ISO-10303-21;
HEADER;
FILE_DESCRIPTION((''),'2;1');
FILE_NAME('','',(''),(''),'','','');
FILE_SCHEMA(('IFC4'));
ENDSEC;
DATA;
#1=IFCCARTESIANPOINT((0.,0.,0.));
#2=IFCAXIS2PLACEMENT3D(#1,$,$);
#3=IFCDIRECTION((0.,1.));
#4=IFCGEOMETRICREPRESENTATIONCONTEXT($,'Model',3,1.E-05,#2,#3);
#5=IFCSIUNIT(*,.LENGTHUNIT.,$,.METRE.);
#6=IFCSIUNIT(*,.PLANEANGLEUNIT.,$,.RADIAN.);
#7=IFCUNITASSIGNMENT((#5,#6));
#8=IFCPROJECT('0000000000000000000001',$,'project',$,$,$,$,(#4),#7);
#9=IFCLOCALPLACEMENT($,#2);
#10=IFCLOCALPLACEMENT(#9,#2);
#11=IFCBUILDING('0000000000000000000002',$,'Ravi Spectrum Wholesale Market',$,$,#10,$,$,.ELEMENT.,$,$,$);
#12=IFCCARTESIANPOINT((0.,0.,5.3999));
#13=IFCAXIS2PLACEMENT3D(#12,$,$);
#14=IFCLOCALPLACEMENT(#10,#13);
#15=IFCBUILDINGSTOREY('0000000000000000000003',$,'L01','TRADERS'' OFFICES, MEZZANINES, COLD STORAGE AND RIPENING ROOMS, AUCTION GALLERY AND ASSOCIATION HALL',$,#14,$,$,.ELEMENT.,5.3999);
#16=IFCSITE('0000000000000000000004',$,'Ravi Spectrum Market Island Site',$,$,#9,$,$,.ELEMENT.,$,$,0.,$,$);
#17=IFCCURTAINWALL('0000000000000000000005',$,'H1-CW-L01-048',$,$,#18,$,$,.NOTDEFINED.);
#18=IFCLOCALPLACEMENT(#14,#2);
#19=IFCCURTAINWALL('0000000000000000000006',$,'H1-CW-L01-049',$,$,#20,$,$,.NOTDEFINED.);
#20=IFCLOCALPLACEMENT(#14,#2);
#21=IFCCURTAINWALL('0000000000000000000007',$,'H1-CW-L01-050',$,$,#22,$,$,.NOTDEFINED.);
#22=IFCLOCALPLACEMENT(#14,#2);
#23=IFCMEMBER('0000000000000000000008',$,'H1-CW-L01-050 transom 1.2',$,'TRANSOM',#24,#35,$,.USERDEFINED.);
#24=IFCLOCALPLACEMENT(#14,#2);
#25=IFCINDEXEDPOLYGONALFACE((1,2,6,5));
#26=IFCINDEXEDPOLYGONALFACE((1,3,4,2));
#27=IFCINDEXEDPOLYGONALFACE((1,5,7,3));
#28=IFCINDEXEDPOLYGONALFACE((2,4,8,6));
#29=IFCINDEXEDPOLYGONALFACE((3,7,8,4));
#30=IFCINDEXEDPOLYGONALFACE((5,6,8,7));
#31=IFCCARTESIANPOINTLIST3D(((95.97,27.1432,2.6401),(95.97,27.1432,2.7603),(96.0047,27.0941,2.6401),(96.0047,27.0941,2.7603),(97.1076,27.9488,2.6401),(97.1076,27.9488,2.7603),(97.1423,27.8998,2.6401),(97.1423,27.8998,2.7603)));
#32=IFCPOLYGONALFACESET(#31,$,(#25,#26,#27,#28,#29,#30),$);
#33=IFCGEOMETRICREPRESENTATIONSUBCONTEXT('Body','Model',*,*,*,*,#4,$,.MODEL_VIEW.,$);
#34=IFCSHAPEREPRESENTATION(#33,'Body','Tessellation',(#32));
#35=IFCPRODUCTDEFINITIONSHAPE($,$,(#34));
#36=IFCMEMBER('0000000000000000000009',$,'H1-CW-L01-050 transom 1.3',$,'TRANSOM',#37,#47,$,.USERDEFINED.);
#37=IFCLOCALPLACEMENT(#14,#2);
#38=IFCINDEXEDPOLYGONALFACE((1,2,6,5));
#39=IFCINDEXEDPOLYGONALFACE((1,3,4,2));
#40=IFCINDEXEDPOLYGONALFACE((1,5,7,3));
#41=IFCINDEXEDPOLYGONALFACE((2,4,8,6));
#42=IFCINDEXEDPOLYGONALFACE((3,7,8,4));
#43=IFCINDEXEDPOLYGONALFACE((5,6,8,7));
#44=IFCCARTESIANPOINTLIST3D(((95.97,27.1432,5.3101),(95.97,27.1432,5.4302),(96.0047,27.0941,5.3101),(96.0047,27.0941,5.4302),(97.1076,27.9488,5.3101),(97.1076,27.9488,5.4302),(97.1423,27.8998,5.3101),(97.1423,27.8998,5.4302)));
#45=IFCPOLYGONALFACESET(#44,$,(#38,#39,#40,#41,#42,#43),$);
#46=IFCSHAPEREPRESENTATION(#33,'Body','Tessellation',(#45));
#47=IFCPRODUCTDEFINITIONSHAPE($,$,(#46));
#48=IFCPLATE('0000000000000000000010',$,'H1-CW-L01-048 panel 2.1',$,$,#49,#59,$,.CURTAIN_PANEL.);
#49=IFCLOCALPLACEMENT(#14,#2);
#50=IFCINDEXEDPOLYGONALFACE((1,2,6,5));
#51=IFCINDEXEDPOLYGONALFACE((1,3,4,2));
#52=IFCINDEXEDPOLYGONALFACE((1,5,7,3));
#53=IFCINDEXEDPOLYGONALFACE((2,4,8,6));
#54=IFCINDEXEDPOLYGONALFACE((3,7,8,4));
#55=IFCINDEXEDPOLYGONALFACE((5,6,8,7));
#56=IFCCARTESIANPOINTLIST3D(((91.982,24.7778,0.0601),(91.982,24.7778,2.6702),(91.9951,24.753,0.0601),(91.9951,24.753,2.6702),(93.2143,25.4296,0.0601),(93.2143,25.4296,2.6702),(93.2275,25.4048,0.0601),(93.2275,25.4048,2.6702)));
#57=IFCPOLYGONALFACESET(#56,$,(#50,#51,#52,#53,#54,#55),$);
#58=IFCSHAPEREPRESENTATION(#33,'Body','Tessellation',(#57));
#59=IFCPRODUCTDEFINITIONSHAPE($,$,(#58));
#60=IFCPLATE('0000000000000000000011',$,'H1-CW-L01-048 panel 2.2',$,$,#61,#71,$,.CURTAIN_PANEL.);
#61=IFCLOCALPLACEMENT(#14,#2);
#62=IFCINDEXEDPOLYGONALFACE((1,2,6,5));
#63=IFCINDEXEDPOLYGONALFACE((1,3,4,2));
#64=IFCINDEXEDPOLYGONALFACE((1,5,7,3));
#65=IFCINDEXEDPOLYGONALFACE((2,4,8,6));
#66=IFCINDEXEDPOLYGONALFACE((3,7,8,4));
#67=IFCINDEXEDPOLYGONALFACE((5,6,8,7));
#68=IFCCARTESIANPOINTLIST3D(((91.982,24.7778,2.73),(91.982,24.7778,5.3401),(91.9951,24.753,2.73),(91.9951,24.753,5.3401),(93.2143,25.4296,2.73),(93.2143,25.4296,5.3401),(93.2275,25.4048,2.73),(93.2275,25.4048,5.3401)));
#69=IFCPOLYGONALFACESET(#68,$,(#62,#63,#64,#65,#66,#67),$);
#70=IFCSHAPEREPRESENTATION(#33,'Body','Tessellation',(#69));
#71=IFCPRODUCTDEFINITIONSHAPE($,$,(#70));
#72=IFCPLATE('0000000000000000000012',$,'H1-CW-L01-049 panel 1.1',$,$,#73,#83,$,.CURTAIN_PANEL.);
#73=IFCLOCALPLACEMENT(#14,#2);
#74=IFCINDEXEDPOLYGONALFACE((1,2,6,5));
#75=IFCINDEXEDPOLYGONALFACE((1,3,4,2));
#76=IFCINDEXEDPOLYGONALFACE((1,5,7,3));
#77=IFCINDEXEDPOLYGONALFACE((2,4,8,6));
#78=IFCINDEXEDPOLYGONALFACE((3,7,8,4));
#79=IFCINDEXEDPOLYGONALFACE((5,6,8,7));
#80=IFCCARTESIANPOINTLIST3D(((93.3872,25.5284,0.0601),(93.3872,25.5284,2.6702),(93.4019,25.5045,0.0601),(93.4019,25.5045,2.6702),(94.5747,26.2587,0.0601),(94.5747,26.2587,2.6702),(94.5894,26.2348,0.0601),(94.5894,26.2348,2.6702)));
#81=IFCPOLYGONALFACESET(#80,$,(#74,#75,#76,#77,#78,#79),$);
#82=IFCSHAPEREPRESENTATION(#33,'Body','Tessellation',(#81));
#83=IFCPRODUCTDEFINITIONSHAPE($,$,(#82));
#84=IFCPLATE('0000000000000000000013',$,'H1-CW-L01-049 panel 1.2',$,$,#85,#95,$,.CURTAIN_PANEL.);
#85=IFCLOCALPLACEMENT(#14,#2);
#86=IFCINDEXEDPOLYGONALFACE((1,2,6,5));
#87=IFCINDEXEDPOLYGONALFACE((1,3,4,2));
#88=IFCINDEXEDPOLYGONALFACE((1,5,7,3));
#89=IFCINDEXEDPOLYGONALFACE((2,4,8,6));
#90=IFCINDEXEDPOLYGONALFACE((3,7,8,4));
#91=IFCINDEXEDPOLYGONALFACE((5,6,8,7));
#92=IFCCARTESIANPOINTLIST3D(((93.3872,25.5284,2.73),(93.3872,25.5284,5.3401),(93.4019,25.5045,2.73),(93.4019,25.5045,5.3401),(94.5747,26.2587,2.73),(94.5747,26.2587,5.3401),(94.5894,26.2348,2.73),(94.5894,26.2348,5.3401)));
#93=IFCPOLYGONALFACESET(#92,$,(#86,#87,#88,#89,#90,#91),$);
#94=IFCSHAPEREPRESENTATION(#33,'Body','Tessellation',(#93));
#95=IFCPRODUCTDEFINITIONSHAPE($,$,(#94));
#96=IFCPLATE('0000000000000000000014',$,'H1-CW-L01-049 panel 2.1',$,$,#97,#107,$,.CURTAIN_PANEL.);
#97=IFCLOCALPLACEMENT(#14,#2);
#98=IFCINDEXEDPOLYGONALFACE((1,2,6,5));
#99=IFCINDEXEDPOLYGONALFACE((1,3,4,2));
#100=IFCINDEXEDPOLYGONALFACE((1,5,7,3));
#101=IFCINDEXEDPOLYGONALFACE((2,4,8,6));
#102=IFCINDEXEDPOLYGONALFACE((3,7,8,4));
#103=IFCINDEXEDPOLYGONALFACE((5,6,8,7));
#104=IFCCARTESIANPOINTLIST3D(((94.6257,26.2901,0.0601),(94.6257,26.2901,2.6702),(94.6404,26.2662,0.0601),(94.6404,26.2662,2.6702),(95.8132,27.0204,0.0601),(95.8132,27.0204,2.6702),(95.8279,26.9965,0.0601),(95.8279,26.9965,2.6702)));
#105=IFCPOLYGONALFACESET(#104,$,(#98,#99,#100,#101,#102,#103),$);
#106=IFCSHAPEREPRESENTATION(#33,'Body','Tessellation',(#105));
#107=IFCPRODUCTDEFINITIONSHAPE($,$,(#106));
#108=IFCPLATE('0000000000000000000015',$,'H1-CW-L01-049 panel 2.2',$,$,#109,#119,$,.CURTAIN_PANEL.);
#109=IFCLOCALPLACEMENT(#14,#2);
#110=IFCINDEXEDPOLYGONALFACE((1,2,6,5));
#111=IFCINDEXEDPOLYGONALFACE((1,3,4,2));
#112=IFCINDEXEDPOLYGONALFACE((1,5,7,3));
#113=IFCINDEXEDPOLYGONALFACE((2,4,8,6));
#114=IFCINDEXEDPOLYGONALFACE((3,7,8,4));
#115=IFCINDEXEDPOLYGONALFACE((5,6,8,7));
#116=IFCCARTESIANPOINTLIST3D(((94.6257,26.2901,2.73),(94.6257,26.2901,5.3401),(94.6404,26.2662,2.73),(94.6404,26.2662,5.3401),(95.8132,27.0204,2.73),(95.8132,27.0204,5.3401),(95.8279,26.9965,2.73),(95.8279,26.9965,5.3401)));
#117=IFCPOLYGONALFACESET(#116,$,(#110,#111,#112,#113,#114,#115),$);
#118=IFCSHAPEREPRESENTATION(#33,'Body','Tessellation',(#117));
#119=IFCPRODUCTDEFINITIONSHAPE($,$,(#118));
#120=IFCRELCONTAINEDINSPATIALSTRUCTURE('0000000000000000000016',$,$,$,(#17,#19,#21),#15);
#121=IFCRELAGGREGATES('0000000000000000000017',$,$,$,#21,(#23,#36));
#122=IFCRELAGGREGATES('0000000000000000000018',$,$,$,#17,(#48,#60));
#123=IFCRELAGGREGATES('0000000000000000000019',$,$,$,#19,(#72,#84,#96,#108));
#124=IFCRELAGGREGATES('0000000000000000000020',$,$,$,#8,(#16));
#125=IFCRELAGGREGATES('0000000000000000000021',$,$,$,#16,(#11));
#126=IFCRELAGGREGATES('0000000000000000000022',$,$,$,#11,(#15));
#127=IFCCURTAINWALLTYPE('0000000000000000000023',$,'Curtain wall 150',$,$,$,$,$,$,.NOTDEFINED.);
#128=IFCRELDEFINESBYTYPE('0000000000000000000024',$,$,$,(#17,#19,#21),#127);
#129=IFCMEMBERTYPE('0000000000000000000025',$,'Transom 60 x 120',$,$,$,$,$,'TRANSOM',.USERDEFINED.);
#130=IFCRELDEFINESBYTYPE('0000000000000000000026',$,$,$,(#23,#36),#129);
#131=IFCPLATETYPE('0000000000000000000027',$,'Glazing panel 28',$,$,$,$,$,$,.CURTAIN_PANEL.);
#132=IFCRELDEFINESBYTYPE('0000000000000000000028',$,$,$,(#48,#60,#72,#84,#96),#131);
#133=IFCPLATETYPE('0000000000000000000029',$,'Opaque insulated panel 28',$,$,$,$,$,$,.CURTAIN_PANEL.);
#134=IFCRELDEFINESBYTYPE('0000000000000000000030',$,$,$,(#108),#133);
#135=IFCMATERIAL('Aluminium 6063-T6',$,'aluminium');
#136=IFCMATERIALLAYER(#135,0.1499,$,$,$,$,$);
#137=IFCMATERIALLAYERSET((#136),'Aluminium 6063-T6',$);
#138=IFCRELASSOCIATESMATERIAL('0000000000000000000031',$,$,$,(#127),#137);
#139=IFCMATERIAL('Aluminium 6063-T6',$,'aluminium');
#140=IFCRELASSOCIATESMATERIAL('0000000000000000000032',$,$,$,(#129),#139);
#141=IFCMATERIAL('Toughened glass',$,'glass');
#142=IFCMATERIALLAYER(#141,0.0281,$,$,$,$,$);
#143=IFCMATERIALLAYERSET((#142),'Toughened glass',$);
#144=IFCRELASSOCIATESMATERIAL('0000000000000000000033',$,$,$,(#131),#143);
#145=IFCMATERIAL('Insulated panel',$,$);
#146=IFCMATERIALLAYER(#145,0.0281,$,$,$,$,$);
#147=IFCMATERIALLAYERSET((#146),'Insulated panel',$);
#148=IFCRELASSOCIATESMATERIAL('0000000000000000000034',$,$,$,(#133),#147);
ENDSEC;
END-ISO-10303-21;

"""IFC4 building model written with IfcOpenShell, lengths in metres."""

from ifc_helpers import new_model, si_unit, direction, frame, origin, origin_2d, place, context, subcontext, project, spatial, rectangle, extrude, material, layer, layer_set, material_profile, profile_set, type_object, element, aggregate, save


model = new_model("IFC4")

# Units and contexts
model_context = context("Model", 3, precision=1e-05, world=origin(), true_north=direction((0.0, 1.0)))
body_context = subcontext(model_context, "Body", "Model", "MODEL_VIEW")
ifc_project = project(units=[si_unit("LENGTHUNIT", "METRE"), si_unit("PLANEANGLEUNIT", "RADIAN")], contexts=[model_context])

# Site, building, storey
site_placement = place(None, origin())
site = spatial("IfcSite", under=ifc_project, at=site_placement, Name="Ravi Spectrum Market Island Site", CompositionType="ELEMENT", RefElevation=0.0)
building_placement = place(site_placement, origin())
building = spatial("IfcBuilding", under=site, at=building_placement, Name="Ravi Spectrum Wholesale Market", CompositionType="ELEMENT")
storey_placement = place(building_placement, frame((0.0, 0.0, 5.3999)))
storey = spatial("IfcBuildingStorey", under=building, at=storey_placement, Name="L01", Description="TRADERS' OFFICES, MEZZANINES, COLD STORAGE AND RIPENING ROOMS, AUCTION GALLERY AND ASSOCIATION HALL", CompositionType="ELEMENT", Elevation=5.3999)

# Curtain wall
ifc_material_1 = material(Name="Aluminium 6063-T6", Category="aluminium")
ifc_layer_1 = layer(ifc_material_1, 0.1499)
ifc_layer_set_1 = layer_set([ifc_layer_1], Name="Aluminium 6063-T6")
curtain_wall_type = type_object("IfcCurtainWallType", Name="Curtain wall 150", PredefinedType="NOTDEFINED", material=ifc_layer_set_1)
curtain_wall_1_placement = place(storey_placement, origin())
curtain_wall_1 = element("IfcCurtainWall", 1, at=curtain_wall_1_placement, inside=storey, type_object=curtain_wall_type, Name="H1-CW-L01-048", PredefinedType="NOTDEFINED")

# Curtain wall
curtain_wall_2_placement = place(storey_placement, origin())
curtain_wall_2 = element("IfcCurtainWall", 2, at=curtain_wall_2_placement, inside=storey, type_object=curtain_wall_type, Name="H1-CW-L01-049", PredefinedType="NOTDEFINED")

# Curtain wall
curtain_wall_3_placement = place(storey_placement, origin())
curtain_wall_3 = element("IfcCurtainWall", 3, at=curtain_wall_3_placement, inside=storey, type_object=curtain_wall_type, Name="H1-CW-L01-050", PredefinedType="NOTDEFINED")

# Members
ifc_material_2 = material(Name="Aluminium 6063-T6", Category="aluminium")
ifc_material_profile_1 = material_profile(ifc_material_2, rectangle(XDim=0.0601, YDim=0.1201, at=origin_2d()))
ifc_profile_set_1 = profile_set([ifc_material_profile_1], Name="Aluminium 6063-T6")
member_type_1 = type_object("IfcMemberType", Name="Transom 60 x 120", ElementType="TRANSOM", PredefinedType="USERDEFINED", material=ifc_profile_set_1)
member_1_placement = place(storey_placement, frame((95.9873, 27.1187, 2.7002), z_axis=(0.816093, 0.57792, 0.0), x_axis=(-0.57792, 0.816093, 0.0)))
member_1 = element("IfcMember", 4, at=member_1_placement, type_object=member_type_1, Name="H1-CW-L01-050 transom 1.2", ObjectType="TRANSOM", PredefinedType="USERDEFINED", context=body_context, shape_type="SweptSolid", body=[
    extrude(rectangle(XDim=0.0601, YDim=0.1201, at=origin_2d()), origin(), (0.0, 0.0, 1.0), 1.394),
])
member_2_placement = place(storey_placement, frame((95.9873, 27.1187, 5.3701), z_axis=(0.816093, 0.57792, 0.0), x_axis=(-0.57792, 0.816093, 0.0)))
member_2 = element("IfcMember", 5, at=member_2_placement, type_object=member_type_1, Name="H1-CW-L01-050 transom 1.3", ObjectType="TRANSOM", PredefinedType="USERDEFINED", context=body_context, shape_type="SweptSolid", body=[
    extrude(rectangle(XDim=0.0601, YDim=0.1201, at=origin_2d()), origin(), (0.0, 0.0, 1.0), 1.394),
])
aggregate(curtain_wall_3, [member_1, member_2])

# Plates
ifc_material_3 = material(Name="Toughened glass", Category="glass")
ifc_layer_2 = layer(ifc_material_3, 0.0281)
ifc_layer_set_2 = layer_set([ifc_layer_2], Name="Toughened glass")
plate_type_1 = type_object("IfcPlateType", Name="Glazing panel 28", PredefinedType="CURTAIN_PANEL", material=ifc_layer_set_2)
plate_1_placement = place(storey_placement, frame((92.6047, 25.0913, 0.0601), z_axis=(0.0, 0.0, 1.0), x_axis=(0.88398, 0.467524, 0.0)))
plate_1 = element("IfcPlate", 6, at=plate_1_placement, type_object=plate_type_1, Name="H1-CW-L01-048 panel 2.1", PredefinedType="CURTAIN_PANEL", context=body_context, shape_type="SweptSolid", body=[
    extrude(rectangle(XDim=1.394, YDim=0.0281, at=origin_2d()), origin(), (0.0, 0.0, 1.0), 2.6101),
])
plate_2_placement = place(storey_placement, frame((92.6047, 25.0913, 2.73), z_axis=(0.0, 0.0, 1.0), x_axis=(0.88398, 0.467524, 0.0)))
plate_2 = element("IfcPlate", 7, at=plate_2_placement, type_object=plate_type_1, Name="H1-CW-L01-048 panel 2.2", PredefinedType="CURTAIN_PANEL", context=body_context, shape_type="SweptSolid", body=[
    extrude(rectangle(XDim=1.394, YDim=0.0281, at=origin_2d()), origin(), (0.0, 0.0, 1.0), 2.6101),
])
aggregate(curtain_wall_1, [plate_1, plate_2])
plate_3_placement = place(storey_placement, frame((93.9883, 25.8816, 0.0601), z_axis=(0.0, 0.0, 1.0), x_axis=(0.851816, 0.523841, 0.0)))
plate_3 = element("IfcPlate", 8, at=plate_3_placement, type_object=plate_type_1, Name="H1-CW-L01-049 panel 1.1", PredefinedType="CURTAIN_PANEL", context=body_context, shape_type="SweptSolid", body=[
    extrude(rectangle(XDim=1.394, YDim=0.0281, at=origin_2d()), origin(), (0.0, 0.0, 1.0), 2.6101),
])
plate_4_placement = place(storey_placement, frame((93.9883, 25.8816, 2.73), z_axis=(0.0, 0.0, 1.0), x_axis=(0.851816, 0.523841, 0.0)))
plate_4 = element("IfcPlate", 9, at=plate_4_placement, type_object=plate_type_1, Name="H1-CW-L01-049 panel 1.2", PredefinedType="CURTAIN_PANEL", context=body_context, shape_type="SweptSolid", body=[
    extrude(rectangle(XDim=1.394, YDim=0.0281, at=origin_2d()), origin(), (0.0, 0.0, 1.0), 2.6101),
])
plate_5_placement = place(storey_placement, frame((95.2268, 26.6433, 0.0601), z_axis=(0.0, 0.0, 1.0), x_axis=(0.851816, 0.523841, 0.0)))
plate_5 = element("IfcPlate", 10, at=plate_5_placement, type_object=plate_type_1, Name="H1-CW-L01-049 panel 2.1", PredefinedType="CURTAIN_PANEL", context=body_context, shape_type="SweptSolid", body=[
    extrude(rectangle(XDim=1.394, YDim=0.0281, at=origin_2d()), origin(), (0.0, 0.0, 1.0), 2.6101),
])
ifc_material_4 = material(Name="Insulated panel")
ifc_layer_3 = layer(ifc_material_4, 0.0281)
ifc_layer_set_3 = layer_set([ifc_layer_3], Name="Insulated panel")
plate_type_2 = type_object("IfcPlateType", Name="Opaque insulated panel 28", PredefinedType="CURTAIN_PANEL", material=ifc_layer_set_3)
plate_6_placement = place(storey_placement, frame((95.2268, 26.6433, 2.73), z_axis=(0.0, 0.0, 1.0), x_axis=(0.851816, 0.523841, 0.0)))
plate_6 = element("IfcPlate", 11, at=plate_6_placement, type_object=plate_type_2, Name="H1-CW-L01-049 panel 2.2", PredefinedType="CURTAIN_PANEL", context=body_context, shape_type="SweptSolid", body=[
    extrude(rectangle(XDim=1.394, YDim=0.0281, at=origin_2d()), origin(), (0.0, 0.0, 1.0), 2.6101),
])
aggregate(curtain_wall_2, [plate_3, plate_4, plate_5, plate_6])

save(model, "model.ifc")
